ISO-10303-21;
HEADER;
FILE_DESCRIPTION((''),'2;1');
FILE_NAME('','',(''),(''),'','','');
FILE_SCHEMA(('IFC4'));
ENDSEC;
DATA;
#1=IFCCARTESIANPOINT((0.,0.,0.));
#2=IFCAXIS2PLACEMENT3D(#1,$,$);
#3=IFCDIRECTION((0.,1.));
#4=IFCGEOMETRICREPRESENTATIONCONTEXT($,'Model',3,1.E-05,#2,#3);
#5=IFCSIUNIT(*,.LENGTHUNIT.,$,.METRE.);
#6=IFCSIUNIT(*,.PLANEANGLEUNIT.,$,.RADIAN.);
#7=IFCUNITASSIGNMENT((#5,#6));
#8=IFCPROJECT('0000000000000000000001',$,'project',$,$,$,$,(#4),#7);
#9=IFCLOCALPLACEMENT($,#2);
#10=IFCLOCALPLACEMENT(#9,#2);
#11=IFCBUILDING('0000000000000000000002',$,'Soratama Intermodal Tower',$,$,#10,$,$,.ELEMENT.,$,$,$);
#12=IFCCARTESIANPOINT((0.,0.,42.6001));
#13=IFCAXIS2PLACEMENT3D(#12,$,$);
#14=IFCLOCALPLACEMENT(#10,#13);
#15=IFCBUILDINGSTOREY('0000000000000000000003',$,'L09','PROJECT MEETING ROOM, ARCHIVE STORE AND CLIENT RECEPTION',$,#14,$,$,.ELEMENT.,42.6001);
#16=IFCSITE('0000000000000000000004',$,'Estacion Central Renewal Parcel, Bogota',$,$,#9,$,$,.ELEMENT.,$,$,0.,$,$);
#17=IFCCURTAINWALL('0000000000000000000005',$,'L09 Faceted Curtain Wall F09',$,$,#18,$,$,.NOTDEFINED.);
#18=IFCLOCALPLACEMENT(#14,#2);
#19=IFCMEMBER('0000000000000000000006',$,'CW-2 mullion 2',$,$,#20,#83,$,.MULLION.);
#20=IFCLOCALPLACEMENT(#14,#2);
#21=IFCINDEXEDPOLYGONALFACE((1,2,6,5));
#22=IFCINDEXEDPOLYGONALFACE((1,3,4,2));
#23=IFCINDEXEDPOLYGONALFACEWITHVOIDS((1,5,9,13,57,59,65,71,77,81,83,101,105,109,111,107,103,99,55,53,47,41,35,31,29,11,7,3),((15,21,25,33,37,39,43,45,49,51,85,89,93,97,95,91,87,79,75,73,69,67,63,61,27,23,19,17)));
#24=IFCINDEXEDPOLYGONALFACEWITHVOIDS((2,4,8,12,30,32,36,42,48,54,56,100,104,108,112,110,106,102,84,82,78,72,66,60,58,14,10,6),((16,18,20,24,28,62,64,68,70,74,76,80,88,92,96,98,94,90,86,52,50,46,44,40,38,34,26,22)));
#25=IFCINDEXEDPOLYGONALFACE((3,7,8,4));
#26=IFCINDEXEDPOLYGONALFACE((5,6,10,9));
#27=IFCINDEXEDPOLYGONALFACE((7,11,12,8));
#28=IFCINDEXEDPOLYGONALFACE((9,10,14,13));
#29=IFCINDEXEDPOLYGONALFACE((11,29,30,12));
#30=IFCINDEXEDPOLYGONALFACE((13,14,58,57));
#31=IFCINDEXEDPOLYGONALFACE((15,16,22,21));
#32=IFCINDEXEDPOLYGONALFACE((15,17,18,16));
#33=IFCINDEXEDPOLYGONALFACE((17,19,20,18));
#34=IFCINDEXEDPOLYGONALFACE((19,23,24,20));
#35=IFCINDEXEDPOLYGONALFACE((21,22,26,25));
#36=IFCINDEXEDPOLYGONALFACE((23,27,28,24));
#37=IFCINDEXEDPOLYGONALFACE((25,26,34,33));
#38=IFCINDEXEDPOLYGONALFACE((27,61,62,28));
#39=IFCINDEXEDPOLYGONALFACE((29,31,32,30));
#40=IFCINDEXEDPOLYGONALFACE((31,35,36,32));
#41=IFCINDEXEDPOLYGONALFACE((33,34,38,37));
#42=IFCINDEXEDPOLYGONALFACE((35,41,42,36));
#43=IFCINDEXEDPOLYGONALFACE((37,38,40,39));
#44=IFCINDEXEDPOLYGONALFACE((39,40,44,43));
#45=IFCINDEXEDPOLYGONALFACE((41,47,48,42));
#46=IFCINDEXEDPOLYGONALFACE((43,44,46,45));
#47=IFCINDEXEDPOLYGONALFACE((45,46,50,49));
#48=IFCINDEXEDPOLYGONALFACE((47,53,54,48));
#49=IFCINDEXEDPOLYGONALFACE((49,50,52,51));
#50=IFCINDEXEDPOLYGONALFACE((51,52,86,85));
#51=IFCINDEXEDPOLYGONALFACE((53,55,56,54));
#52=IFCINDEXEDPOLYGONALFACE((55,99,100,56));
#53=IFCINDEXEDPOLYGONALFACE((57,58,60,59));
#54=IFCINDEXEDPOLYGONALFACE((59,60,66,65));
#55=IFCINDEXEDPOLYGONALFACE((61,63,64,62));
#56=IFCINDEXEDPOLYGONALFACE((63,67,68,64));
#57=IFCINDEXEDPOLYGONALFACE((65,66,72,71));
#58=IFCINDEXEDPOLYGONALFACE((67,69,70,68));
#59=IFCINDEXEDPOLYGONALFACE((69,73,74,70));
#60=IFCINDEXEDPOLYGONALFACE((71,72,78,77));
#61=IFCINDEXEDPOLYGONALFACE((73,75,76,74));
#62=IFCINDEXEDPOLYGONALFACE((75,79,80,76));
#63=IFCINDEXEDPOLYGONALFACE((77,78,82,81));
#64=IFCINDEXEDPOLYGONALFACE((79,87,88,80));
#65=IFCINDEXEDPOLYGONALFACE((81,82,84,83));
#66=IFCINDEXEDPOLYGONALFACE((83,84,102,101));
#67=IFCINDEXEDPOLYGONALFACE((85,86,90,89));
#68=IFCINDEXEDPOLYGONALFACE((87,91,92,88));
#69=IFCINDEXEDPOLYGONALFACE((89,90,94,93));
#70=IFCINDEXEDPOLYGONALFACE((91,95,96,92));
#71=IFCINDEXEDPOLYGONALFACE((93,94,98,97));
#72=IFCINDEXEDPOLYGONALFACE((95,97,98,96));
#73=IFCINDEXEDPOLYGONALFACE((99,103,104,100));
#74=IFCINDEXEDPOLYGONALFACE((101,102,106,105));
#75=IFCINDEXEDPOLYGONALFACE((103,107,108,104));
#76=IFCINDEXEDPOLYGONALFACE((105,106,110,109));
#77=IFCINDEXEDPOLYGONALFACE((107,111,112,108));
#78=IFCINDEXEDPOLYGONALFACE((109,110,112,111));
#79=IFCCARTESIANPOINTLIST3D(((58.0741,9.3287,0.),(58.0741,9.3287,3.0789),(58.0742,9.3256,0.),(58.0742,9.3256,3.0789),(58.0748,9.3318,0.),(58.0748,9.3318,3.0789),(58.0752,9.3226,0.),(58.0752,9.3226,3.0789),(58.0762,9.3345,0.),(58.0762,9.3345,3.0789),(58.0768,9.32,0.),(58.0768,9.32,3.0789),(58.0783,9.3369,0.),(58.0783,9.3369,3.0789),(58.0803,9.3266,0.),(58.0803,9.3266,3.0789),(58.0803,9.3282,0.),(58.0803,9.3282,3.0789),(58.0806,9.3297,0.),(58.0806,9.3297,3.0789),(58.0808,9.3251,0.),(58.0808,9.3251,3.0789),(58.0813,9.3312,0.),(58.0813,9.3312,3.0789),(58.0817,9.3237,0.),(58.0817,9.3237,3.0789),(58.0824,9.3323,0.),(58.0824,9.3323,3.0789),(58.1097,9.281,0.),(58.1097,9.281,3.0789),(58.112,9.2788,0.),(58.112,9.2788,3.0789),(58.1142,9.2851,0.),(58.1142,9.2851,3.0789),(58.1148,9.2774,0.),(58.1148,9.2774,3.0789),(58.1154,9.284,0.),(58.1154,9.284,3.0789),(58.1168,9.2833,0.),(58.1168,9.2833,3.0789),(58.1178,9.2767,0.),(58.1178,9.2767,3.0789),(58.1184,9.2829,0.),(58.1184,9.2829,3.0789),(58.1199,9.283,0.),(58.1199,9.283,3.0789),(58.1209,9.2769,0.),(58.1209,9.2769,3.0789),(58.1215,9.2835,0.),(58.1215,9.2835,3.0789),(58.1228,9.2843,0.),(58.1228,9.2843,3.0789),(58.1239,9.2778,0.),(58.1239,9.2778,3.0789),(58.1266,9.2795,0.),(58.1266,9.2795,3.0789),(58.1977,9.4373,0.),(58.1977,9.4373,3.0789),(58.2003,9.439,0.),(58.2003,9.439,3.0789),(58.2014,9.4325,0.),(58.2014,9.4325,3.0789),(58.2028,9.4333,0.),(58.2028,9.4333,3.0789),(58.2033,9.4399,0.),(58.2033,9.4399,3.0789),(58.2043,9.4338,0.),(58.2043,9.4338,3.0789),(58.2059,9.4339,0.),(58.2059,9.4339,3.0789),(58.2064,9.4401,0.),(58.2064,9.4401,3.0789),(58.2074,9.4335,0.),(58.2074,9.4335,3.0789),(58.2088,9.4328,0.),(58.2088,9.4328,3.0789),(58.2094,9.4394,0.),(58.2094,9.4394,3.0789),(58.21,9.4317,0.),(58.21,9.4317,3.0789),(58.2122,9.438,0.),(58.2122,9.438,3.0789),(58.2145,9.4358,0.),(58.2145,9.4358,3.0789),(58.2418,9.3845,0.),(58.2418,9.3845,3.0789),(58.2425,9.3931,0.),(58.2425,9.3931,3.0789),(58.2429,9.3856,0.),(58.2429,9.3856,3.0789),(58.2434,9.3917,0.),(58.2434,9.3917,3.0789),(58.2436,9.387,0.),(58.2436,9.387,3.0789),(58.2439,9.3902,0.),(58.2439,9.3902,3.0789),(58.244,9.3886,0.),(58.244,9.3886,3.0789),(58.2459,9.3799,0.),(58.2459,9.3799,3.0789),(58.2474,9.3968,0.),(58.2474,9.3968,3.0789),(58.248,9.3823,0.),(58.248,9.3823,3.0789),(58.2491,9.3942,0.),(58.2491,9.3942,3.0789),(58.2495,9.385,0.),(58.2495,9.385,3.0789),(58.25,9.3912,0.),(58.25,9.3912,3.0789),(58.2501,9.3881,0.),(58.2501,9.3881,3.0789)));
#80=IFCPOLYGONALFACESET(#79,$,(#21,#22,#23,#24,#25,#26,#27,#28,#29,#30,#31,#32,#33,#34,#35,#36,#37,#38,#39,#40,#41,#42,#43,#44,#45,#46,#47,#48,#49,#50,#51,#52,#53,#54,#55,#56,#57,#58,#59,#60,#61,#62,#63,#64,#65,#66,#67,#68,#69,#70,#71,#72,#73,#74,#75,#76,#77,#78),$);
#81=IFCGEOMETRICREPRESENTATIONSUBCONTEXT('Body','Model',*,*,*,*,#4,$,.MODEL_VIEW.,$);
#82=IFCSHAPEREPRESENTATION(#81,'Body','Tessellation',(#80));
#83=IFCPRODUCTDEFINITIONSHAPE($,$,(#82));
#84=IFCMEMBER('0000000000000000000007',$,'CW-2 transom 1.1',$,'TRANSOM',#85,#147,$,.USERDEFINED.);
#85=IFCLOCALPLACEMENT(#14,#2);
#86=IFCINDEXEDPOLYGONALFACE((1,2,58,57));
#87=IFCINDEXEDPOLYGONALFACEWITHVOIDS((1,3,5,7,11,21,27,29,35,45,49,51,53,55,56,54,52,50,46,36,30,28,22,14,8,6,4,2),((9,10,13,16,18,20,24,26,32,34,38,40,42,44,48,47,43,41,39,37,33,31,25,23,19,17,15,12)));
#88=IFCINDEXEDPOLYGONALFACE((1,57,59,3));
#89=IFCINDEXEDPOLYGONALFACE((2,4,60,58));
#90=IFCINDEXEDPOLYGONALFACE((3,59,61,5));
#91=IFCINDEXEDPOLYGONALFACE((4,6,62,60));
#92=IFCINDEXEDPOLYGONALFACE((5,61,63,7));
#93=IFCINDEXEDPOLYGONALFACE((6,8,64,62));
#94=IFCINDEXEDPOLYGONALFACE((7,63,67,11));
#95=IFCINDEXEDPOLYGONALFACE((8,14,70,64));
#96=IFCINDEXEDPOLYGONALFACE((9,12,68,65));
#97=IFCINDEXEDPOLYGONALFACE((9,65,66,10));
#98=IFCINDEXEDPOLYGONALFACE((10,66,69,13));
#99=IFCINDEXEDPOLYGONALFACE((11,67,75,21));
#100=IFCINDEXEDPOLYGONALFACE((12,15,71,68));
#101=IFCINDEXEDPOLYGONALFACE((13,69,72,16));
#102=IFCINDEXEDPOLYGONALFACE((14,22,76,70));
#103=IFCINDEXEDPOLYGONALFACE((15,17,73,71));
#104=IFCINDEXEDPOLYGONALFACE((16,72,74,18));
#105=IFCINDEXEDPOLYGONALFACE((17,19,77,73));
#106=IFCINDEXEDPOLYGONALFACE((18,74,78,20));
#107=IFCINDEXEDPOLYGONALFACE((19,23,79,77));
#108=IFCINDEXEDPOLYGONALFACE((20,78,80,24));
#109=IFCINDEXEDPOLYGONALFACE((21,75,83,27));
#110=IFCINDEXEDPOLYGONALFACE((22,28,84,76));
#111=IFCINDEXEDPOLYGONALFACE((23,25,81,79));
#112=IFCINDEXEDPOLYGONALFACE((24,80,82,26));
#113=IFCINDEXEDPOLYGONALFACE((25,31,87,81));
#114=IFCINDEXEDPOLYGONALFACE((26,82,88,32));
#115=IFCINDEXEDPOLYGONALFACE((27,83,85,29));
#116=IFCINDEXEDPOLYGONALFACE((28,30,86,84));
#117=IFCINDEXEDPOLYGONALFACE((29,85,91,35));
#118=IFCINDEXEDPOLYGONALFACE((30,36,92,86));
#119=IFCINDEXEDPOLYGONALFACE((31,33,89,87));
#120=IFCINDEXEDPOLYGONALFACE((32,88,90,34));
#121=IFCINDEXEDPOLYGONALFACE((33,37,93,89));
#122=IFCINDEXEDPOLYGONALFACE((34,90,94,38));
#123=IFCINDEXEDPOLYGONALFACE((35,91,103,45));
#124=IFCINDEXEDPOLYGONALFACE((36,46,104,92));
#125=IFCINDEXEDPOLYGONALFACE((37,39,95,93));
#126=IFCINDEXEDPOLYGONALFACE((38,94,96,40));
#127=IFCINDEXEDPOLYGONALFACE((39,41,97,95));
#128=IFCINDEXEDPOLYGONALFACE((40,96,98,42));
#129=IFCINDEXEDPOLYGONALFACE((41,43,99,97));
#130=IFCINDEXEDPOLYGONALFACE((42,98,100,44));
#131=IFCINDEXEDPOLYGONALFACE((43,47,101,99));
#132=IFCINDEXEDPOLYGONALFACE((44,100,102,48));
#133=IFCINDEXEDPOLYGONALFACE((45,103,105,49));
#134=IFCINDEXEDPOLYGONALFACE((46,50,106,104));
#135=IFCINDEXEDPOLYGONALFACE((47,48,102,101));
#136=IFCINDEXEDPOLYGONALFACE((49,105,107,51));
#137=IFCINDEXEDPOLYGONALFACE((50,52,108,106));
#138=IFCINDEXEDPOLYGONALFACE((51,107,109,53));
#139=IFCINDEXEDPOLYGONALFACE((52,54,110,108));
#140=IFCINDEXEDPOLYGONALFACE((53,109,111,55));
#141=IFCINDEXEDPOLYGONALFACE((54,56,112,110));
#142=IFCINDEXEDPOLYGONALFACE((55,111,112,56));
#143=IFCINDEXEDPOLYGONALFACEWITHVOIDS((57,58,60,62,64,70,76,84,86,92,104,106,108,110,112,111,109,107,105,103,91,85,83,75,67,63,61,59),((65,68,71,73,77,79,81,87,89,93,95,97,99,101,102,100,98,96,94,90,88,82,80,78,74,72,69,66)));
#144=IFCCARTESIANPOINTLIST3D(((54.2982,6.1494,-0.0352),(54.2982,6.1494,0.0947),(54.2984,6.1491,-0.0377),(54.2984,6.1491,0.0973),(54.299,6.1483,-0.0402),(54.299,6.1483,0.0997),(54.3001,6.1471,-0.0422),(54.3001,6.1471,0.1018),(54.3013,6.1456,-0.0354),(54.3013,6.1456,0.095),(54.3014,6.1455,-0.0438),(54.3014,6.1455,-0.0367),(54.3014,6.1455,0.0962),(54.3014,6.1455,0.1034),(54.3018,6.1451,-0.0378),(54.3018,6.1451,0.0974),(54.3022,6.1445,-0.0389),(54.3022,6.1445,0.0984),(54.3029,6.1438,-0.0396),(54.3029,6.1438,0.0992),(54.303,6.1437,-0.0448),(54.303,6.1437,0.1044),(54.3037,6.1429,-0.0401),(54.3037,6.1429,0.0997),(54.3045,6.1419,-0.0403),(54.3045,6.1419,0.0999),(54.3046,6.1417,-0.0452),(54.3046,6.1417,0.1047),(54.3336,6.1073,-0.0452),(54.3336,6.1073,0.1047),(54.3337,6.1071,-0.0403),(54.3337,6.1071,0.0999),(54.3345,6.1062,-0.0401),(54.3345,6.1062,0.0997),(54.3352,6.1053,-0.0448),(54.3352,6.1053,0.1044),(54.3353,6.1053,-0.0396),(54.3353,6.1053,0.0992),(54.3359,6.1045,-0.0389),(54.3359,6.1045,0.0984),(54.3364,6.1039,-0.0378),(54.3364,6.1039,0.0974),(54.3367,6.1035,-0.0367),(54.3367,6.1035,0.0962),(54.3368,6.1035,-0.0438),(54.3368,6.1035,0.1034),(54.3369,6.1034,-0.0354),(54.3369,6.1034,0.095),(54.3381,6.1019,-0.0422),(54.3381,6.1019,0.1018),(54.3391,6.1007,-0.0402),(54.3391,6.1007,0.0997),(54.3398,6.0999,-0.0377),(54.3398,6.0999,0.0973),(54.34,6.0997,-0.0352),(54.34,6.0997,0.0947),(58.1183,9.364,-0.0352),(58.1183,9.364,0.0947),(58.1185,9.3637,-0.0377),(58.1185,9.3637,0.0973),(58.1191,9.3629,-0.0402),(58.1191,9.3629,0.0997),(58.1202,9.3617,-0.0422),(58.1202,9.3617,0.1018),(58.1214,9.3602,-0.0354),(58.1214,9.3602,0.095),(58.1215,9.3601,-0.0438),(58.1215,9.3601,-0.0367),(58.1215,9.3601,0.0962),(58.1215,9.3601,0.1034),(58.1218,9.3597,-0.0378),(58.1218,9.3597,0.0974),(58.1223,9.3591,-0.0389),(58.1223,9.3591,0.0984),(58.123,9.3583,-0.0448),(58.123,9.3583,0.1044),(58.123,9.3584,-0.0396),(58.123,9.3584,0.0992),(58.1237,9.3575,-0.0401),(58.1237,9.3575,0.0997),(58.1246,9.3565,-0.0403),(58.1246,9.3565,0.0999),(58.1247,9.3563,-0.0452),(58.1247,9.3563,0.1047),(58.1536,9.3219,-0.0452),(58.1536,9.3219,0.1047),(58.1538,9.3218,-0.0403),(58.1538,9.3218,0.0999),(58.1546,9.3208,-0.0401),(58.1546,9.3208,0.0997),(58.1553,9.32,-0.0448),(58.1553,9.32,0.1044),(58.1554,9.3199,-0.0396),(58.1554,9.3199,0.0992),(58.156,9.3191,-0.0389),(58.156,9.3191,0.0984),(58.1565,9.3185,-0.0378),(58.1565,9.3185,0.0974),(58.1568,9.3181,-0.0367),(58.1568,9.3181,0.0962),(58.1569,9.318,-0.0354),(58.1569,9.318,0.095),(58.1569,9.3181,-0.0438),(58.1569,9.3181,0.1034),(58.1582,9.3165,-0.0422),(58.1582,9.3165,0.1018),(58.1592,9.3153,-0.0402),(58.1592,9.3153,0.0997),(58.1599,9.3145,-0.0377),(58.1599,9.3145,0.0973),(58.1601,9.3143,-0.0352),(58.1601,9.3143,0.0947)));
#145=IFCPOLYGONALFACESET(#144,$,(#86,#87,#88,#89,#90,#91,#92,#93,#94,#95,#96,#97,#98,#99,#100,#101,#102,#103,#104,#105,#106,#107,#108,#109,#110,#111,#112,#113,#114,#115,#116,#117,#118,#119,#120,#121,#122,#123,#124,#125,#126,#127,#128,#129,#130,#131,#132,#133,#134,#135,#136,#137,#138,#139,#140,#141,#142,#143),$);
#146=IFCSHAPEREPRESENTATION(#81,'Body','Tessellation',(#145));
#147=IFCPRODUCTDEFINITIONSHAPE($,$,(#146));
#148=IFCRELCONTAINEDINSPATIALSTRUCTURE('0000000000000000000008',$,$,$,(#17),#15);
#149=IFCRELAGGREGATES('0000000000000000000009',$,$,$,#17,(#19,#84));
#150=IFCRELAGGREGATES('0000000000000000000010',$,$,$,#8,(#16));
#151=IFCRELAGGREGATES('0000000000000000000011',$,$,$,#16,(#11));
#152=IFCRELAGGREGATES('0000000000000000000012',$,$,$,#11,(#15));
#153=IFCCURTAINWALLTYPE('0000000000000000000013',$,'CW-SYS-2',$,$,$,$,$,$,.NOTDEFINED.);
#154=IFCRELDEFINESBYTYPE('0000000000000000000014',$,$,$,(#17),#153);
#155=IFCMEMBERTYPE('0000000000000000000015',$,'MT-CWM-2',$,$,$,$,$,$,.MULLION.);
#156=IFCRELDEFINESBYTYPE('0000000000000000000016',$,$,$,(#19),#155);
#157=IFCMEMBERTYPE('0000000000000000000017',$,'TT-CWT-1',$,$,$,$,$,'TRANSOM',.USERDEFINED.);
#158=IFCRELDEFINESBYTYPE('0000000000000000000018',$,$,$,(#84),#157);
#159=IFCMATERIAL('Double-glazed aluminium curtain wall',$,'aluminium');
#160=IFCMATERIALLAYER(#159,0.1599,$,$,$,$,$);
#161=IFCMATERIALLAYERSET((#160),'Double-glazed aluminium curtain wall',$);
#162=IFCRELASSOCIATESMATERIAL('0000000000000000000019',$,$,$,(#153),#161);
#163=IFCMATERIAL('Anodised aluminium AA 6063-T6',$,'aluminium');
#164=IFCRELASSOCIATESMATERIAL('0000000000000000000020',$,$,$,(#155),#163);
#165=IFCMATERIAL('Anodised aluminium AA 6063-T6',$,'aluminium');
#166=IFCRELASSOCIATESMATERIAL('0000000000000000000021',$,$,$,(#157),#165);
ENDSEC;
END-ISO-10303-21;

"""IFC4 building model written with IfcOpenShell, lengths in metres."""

from ifc_helpers import new_model, si_unit, direction, frame, origin, origin_2d, place, context, subcontext, project, spatial, hollow_rectangle, extrude, material, layer, layer_set, material_profile, profile_set, type_object, element, aggregate, save


model = new_model("IFC4")

# Units and contexts
model_context = context("Model", 3, precision=1e-05, world=origin(), true_north=direction((0.0, 1.0)))
body_context = subcontext(model_context, "Body", "Model", "MODEL_VIEW")
ifc_project = project(units=[si_unit("LENGTHUNIT", "METRE"), si_unit("PLANEANGLEUNIT", "RADIAN")], contexts=[model_context])

# Site, building, storey
site_placement = place(None, origin())
site = spatial("IfcSite", under=ifc_project, at=site_placement, Name="Estacion Central Renewal Parcel, Bogota", CompositionType="ELEMENT", RefElevation=0.0)
building_placement = place(site_placement, origin())
building = spatial("IfcBuilding", under=site, at=building_placement, Name="Soratama Intermodal Tower", CompositionType="ELEMENT")
storey_placement = place(building_placement, frame((0.0, 0.0, 42.6001)))
storey = spatial("IfcBuildingStorey", under=building, at=storey_placement, Name="L09", Description="PROJECT MEETING ROOM, ARCHIVE STORE AND CLIENT RECEPTION", CompositionType="ELEMENT", Elevation=42.6001)

# Shared definitions
ifc_material_1 = material(Name="Double-glazed aluminium curtain wall", Category="aluminium")
ifc_layer_1 = layer(ifc_material_1, 0.1599)
ifc_layer_set_1 = layer_set([ifc_layer_1], Name="Double-glazed aluminium curtain wall")
curtain_wall_type = type_object("IfcCurtainWallType", Name="CW-SYS-2", PredefinedType="NOTDEFINED", material=ifc_layer_set_1)
ifc_material_2 = material(Name="Anodised aluminium AA 6063-T6", Category="aluminium")
ifc_material_profile_1 = material_profile(ifc_material_2, hollow_rectangle(XDim=0.075, YDim=0.1799, WallThickness=0.0061, InnerFilletRadius=0.0061, OuterFilletRadius=0.012, at=origin_2d()), Name="CWM180X75X6")
ifc_profile_set_1 = profile_set([ifc_material_profile_1], Name="Anodised aluminium AA 6063-T6")
member_type_1 = type_object("IfcMemberType", Name="MT-CWM-2", PredefinedType="MULLION", material=ifc_profile_set_1)

# Curtain wall, members
curtain_wall_1_placement = place(storey_placement, origin())
curtain_wall_1 = element("IfcCurtainWall", 1, at=curtain_wall_1_placement, inside=storey, type_object=curtain_wall_type, Name="L09 Faceted Curtain Wall F09", PredefinedType="NOTDEFINED")
member_1_placement = place(storey_placement, frame((58.1621, 9.3584, 0.0), z_axis=(0.0, 0.0, 1.0), x_axis=(-0.643853, 0.765149, 0.0)))
member_1 = element("IfcMember", 2, at=member_1_placement, type_object=member_type_1, Name="CW-2 mullion 2", PredefinedType="MULLION", context=body_context, shape_type="SweptSolid", body=[
    extrude(hollow_rectangle(XDim=0.075, YDim=0.1799, WallThickness=0.0061, InnerFilletRadius=0.0061, OuterFilletRadius=0.012, at=origin_2d()), origin(), (0.0, 0.0, 1.0), 3.0789),
])
ifc_material_3 = material(Name="Anodised aluminium AA 6063-T6", Category="aluminium")
ifc_material_profile_2 = material_profile(ifc_material_3, hollow_rectangle(XDim=0.0649, YDim=0.1499, WallThickness=0.0049, InnerFilletRadius=0.0049, OuterFilletRadius=0.01, at=origin_2d()), Name="CWT150X65X5")
ifc_profile_set_2 = profile_set([ifc_material_profile_2], Name="Anodised aluminium AA 6063-T6")
member_type_2 = type_object("IfcMemberType", Name="TT-CWT-1", ElementType="TRANSOM", PredefinedType="USERDEFINED", material=ifc_profile_set_2)
member_2_placement = place(storey_placement, frame((54.3191, 6.1245, 0.0298), z_axis=(0.765138, 0.643866, 0.0), x_axis=(-0.643866, 0.765138, 0.0)))
member_2 = element("IfcMember", 3, at=member_2_placement, type_object=member_type_2, Name="CW-2 transom 1.1", ObjectType="TRANSOM", PredefinedType="USERDEFINED", context=body_context, shape_type="SweptSolid", body=[
    extrude(hollow_rectangle(XDim=0.0649, YDim=0.1499, WallThickness=0.0049, InnerFilletRadius=0.0049, OuterFilletRadius=0.01, at=origin_2d()), origin(), (0.0, 0.0, 1.0), 4.9927),
])

aggregate(curtain_wall_1, [member_1, member_2])

save(model, "model.ifc")
